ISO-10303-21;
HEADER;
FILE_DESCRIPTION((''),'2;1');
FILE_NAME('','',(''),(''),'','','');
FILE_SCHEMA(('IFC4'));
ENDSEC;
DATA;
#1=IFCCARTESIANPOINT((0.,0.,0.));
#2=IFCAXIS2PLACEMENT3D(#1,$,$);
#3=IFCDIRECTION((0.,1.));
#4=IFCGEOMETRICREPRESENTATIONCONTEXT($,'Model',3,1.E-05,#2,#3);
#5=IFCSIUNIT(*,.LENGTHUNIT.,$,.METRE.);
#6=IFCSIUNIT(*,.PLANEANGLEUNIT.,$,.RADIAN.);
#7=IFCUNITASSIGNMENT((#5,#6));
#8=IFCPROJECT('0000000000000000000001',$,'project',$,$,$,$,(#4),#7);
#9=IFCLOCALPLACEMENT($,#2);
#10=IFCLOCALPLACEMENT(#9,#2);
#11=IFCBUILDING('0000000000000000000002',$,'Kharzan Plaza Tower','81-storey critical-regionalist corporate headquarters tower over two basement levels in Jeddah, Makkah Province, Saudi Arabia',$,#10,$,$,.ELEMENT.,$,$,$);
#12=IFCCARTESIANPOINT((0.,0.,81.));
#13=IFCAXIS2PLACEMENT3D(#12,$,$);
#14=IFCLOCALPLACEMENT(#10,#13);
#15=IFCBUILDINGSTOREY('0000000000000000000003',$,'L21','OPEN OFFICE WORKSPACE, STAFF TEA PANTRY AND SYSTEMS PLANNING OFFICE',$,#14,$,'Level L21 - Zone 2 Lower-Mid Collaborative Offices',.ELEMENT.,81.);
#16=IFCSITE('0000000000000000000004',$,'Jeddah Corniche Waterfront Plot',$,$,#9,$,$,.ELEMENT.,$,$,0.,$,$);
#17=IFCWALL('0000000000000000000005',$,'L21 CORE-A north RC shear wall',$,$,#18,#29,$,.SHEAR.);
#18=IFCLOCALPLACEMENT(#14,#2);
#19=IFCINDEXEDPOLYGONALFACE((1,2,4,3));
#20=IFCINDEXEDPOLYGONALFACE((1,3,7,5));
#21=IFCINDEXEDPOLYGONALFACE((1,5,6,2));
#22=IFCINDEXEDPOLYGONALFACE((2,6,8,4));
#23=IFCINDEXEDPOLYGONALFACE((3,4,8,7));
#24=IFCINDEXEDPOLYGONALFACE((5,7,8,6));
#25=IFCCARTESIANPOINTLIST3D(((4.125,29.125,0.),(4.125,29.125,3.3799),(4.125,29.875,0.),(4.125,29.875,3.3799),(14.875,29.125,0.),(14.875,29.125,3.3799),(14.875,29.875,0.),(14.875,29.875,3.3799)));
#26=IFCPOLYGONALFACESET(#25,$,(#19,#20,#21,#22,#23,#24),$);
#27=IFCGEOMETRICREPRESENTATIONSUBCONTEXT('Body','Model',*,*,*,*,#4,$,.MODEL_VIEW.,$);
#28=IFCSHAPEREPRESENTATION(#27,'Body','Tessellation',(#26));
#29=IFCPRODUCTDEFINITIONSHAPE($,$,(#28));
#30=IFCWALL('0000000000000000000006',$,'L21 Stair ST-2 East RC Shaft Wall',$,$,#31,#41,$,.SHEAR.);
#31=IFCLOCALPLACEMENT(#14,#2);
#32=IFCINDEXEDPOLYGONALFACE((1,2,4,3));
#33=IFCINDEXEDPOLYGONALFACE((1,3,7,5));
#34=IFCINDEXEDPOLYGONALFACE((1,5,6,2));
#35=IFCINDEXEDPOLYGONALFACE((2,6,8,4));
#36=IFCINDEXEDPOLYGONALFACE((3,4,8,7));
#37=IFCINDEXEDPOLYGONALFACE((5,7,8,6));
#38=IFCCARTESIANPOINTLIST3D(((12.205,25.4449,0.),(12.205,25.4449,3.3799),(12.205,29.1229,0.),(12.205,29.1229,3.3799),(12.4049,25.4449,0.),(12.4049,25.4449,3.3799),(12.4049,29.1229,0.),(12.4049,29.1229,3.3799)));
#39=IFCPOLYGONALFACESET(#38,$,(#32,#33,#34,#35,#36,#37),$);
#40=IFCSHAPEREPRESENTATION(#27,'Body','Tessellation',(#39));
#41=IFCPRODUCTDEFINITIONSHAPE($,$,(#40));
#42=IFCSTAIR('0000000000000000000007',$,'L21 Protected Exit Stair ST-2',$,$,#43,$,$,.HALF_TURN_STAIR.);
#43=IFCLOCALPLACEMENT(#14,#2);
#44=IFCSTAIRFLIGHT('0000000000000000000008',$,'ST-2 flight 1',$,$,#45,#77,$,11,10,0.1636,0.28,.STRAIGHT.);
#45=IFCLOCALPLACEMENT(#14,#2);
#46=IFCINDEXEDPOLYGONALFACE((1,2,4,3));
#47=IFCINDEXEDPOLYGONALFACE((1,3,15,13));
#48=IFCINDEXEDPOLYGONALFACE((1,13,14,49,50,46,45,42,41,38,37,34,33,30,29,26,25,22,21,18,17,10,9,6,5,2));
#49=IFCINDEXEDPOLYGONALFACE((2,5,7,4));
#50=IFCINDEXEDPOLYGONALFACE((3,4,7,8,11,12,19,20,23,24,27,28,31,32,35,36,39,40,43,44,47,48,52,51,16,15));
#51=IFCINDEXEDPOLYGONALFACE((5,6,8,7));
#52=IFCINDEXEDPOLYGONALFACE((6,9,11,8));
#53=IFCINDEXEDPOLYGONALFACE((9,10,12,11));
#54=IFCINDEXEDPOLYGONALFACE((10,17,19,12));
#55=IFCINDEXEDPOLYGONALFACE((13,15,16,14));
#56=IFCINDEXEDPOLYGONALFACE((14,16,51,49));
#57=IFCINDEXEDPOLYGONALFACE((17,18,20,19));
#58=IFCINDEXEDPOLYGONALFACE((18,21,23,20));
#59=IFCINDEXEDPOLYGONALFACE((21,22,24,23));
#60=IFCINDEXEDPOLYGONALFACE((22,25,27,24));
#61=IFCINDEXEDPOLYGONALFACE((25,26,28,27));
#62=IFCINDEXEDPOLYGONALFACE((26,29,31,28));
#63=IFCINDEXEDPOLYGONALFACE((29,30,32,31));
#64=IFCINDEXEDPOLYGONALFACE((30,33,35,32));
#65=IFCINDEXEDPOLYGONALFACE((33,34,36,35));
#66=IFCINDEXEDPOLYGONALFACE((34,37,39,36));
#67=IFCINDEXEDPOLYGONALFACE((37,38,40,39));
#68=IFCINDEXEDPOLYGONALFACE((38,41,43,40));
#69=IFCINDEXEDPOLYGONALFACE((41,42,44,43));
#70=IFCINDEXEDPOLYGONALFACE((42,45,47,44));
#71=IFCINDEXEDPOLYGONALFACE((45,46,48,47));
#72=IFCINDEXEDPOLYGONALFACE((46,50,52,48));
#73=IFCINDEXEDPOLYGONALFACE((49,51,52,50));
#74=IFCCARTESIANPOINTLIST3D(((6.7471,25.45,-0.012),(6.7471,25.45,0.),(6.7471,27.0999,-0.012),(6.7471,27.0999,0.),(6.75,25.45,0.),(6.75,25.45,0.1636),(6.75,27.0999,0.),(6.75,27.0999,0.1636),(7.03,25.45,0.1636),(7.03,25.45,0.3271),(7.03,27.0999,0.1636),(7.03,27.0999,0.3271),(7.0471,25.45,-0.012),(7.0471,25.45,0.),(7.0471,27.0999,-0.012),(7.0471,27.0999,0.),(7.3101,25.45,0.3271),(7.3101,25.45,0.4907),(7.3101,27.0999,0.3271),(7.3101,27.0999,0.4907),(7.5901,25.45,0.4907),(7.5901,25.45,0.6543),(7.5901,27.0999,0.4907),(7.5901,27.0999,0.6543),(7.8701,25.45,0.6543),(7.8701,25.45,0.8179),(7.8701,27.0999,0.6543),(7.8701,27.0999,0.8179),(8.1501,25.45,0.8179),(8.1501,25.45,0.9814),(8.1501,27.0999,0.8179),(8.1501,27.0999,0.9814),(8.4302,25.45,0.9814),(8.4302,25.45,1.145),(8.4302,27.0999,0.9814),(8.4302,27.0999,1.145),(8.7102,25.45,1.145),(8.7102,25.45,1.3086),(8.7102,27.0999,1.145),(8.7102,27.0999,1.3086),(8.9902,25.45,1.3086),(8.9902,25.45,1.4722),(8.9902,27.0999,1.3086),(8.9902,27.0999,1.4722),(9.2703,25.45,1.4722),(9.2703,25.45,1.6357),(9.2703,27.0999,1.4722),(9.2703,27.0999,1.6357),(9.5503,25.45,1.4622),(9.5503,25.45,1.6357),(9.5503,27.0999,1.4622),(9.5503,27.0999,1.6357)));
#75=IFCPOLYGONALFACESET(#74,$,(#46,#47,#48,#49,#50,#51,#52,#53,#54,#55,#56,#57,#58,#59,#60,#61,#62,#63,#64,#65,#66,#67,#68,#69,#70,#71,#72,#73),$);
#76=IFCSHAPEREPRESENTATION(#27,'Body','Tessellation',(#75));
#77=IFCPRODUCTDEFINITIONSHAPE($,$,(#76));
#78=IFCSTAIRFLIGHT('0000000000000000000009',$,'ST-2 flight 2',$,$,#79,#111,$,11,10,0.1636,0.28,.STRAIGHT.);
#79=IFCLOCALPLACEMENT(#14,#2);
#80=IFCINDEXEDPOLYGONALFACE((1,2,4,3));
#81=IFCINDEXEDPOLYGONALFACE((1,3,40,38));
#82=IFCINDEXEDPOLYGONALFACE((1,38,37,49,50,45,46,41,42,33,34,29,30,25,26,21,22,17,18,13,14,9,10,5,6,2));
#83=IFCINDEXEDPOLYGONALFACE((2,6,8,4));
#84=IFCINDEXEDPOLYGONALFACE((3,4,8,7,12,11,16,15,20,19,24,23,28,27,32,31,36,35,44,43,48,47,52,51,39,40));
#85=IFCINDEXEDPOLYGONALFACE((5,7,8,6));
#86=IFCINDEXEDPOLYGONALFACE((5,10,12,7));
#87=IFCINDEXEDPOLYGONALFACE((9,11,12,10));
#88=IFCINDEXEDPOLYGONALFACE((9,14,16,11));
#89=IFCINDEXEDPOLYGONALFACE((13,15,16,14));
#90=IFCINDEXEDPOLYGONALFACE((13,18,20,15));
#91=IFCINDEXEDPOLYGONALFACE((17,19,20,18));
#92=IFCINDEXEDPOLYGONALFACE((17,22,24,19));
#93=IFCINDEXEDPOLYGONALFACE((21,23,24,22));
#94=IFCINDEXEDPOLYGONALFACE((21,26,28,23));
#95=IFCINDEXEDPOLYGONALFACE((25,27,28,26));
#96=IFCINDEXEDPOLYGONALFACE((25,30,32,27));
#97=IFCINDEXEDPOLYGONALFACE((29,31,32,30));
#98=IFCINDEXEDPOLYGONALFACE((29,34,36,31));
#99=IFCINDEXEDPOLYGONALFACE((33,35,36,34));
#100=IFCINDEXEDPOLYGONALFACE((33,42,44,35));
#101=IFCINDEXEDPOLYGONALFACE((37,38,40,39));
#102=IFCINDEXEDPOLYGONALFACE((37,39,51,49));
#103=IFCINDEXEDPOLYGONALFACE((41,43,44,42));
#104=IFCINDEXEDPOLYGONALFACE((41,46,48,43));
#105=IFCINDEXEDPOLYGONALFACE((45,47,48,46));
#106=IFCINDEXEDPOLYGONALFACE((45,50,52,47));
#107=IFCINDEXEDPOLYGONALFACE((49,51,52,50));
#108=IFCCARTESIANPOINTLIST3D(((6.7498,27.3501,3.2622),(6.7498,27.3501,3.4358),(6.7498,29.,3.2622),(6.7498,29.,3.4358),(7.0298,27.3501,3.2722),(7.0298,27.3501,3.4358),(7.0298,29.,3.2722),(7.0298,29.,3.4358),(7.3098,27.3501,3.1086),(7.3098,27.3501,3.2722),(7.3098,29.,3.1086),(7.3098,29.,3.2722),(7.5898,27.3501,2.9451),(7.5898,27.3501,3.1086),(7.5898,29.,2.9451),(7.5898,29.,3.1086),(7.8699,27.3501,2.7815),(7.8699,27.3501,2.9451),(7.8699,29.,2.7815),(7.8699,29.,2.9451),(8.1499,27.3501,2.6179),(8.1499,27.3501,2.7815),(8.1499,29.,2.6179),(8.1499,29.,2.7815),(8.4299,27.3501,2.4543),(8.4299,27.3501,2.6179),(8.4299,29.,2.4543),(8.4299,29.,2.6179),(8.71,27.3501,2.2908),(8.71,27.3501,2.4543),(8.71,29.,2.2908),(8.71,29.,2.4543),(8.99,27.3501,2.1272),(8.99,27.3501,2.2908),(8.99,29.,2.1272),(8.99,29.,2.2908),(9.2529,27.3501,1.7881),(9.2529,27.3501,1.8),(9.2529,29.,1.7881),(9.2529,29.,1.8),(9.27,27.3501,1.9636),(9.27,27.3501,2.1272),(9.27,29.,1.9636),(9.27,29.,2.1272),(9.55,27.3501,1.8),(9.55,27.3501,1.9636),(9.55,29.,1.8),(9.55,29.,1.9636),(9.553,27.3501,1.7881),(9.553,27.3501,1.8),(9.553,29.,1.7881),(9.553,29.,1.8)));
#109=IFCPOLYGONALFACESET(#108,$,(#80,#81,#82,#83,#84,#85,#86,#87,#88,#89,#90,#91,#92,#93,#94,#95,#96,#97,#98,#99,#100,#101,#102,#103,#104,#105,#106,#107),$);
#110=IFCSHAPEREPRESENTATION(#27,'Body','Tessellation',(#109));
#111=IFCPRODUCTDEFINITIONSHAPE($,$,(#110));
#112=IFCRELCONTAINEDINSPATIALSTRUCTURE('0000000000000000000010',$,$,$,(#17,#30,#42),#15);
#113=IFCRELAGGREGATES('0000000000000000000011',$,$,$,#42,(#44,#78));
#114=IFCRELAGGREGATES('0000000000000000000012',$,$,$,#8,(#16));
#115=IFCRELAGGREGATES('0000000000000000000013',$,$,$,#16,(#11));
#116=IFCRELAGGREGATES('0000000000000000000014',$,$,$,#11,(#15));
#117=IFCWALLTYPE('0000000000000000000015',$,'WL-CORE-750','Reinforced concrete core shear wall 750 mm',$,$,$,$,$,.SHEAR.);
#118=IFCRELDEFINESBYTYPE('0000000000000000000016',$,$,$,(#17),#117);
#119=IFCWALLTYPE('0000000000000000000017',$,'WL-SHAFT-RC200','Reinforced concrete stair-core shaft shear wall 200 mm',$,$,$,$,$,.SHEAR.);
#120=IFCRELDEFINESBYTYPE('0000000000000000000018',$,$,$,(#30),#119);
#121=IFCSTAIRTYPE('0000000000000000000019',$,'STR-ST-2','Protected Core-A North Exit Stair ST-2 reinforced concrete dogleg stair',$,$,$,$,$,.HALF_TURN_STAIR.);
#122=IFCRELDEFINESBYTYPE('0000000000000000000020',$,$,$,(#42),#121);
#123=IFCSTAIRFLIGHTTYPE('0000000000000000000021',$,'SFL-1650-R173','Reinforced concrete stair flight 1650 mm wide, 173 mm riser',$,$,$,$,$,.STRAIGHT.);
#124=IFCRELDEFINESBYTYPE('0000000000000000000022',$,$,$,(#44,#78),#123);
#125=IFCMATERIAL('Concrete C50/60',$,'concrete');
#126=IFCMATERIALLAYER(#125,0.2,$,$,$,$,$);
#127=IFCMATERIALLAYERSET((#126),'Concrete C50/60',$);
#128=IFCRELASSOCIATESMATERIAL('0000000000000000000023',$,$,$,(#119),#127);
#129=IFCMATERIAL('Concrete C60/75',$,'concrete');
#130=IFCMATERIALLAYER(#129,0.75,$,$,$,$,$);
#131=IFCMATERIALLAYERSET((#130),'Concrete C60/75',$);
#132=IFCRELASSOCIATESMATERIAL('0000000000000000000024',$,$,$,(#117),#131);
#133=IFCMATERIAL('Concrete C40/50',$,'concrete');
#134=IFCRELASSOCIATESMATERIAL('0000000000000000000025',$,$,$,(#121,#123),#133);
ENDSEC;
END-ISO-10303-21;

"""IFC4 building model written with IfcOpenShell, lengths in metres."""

from ifc_helpers import new_model, si_unit, direction, frame, frame_2d, origin, place, context, subcontext, project, spatial, polyline, rectangle, outline, extrude, source, transform, mapped, material, layer, layer_set, type_object, element, aggregate, save


model = new_model("IFC4")

# Units and contexts
model_context = context("Model", 3, precision=1e-05, world=origin(), true_north=direction((0.0, 1.0)))
body_context = subcontext(model_context, "Body", "Model", "MODEL_VIEW")
ifc_project = project(units=[si_unit("LENGTHUNIT", "METRE"), si_unit("PLANEANGLEUNIT", "RADIAN")], contexts=[model_context])

# Site, building, storey
site_placement = place(None, origin())
site = spatial("IfcSite", under=ifc_project, at=site_placement, Name="Jeddah Corniche Waterfront Plot", CompositionType="ELEMENT", RefElevation=0.0)
building_placement = place(site_placement, origin())
building = spatial("IfcBuilding", under=site, at=building_placement, Name="Kharzan Plaza Tower", Description="81-storey critical-regionalist corporate headquarters tower over two basement levels in Jeddah, Makkah Province, Saudi Arabia", CompositionType="ELEMENT")
storey_placement = place(building_placement, frame((0.0, 0.0, 81.0)))
storey = spatial("IfcBuildingStorey", under=building, at=storey_placement, Name="L21", Description="OPEN OFFICE WORKSPACE, STAFF TEA PANTRY AND SYSTEMS PLANNING OFFICE", LongName="Level L21 - Zone 2 Lower-Mid Collaborative Offices", CompositionType="ELEMENT", Elevation=81.0)

# Shared definitions
ifc_material_1 = material(Name="Concrete C40/50", Category="concrete")
ifc_material_2 = material(Name="Concrete C50/60", Category="concrete")
ifc_layer_1 = layer(ifc_material_2, 0.2)
ifc_layer_set_1 = layer_set([ifc_layer_1], Name="Concrete C50/60")
wall_type_1 = type_object("IfcWallType", Name="WL-SHAFT-RC200", Description="Reinforced concrete stair-core shaft shear wall 200 mm", PredefinedType="SHEAR", material=ifc_layer_set_1)

# Walls
ifc_material_3 = material(Name="Concrete C60/75", Category="concrete")
ifc_layer_2 = layer(ifc_material_3, 0.75)
ifc_layer_set_2 = layer_set([ifc_layer_2], Name="Concrete C60/75")
wall_type_2 = type_object("IfcWallType", Name="WL-CORE-750", Description="Reinforced concrete core shear wall 750 mm", PredefinedType="SHEAR", material=ifc_layer_set_2)
shared_shape_1 = source(origin(), body_context, "Body", "SweptSolid", [
    extrude(rectangle(XDim=10.75, YDim=0.75, at=frame_2d((5.375, 0.0))), origin(), (0.0, 0.0, 1.0), 3.3799),
])
wall_1_placement = place(storey_placement, frame((4.125, 29.5, 0.0), z_axis=(0.0, 0.0, 1.0), x_axis=(1.0, 0.0, 0.0)))
element("IfcWall", 1, at=wall_1_placement, inside=storey, type_object=wall_type_2, Name="L21 CORE-A north RC shear wall", PredefinedType="SHEAR", context=body_context, shape_type="MappedRepresentation", body=[
    mapped(shared_shape_1, transform((0.0, 0.0, 0.0), x_axis=(1.0, 0.0, 0.0), y_axis=(0.0, 1.0, 0.0), z_axis=(0.0, 0.0, 1.0))),
])
shared_shape_2 = source(origin(), body_context, "Body", "SweptSolid", [
    extrude(rectangle(XDim=3.678, YDim=0.2, at=frame_2d((1.8389, 0.0))), origin(), (0.0, 0.0, 1.0), 3.3799),
])
wall_2_placement = place(storey_placement, frame((12.3049, 25.4451, 0.0), z_axis=(0.0, 0.0, 1.0), x_axis=(0.0, 1.0, 0.0)))
element("IfcWall", 2, at=wall_2_placement, inside=storey, type_object=wall_type_1, Name="L21 Stair ST-2 East RC Shaft Wall", PredefinedType="SHEAR", context=body_context, shape_type="MappedRepresentation", body=[
    mapped(shared_shape_2, transform((0.0, 0.0, 0.0), x_axis=(1.0, 0.0, 0.0), y_axis=(0.0, 1.0, 0.0), z_axis=(0.0, 0.0, 1.0))),
])

# Stair, stair flights
stair_type = type_object("IfcStairType", Name="STR-ST-2", Description="Protected Core-A North Exit Stair ST-2 reinforced concrete dogleg stair", PredefinedType="HALF_TURN_STAIR", material=ifc_material_1)
stair_placement = place(storey_placement, origin())
stair = element("IfcStair", 3, at=stair_placement, inside=storey, type_object=stair_type, Name="L21 Protected Exit Stair ST-2", PredefinedType="HALF_TURN_STAIR")
stair_flight_type = type_object("IfcStairFlightType", Name="SFL-1650-R173", Description="Reinforced concrete stair flight 1650 mm wide, 173 mm riser", PredefinedType="STRAIGHT", material=ifc_material_1)
shared_shape_3 = source(origin(), body_context, "Body", "SweptSolid", [
    extrude(outline(polyline([(-0.0029, -0.012), (-0.0029, 0.0), (0.0, 0.0), (0.0, 0.1636), (0.28, 0.1636), (0.28, 0.3271), (0.5601, 0.3271), (0.5601, 0.4907), (0.8401, 0.4907), (0.8401, 0.6543), (1.1201, 0.6543), (1.1201, 0.8179), (1.4001, 0.8179), (1.4001, 0.9814), (1.6802, 0.9814), (1.6802, 1.145), (1.9602, 1.145), (1.9602, 1.3086), (2.2402, 1.3086), (2.2402, 1.4722), (2.5203, 1.4722), (2.5203, 1.6357), (2.8003, 1.6357), (2.8003, 1.7993), (2.8003, 1.4622), (0.2971, 0.0), (0.2971, -0.012), (-0.0029, -0.012)])), frame((0.0, 0.825, 0.0), z_axis=(0.0, -1.0, 0.0), x_axis=(1.0, 0.0, 0.0)), (0.0, 0.0, 1.0), 1.6499),
])
stair_flight_1_placement = place(storey_placement, frame((6.75, 26.2749, 0.0), z_axis=(0.0, 0.0, 1.0), x_axis=(1.0, 0.0, 0.0)))
stair_flight_1 = element("IfcStairFlight", 4, at=stair_flight_1_placement, type_object=stair_flight_type, Name="ST-2 flight 1", NumberOfRisers=11, NumberOfTreads=10, PredefinedType="STRAIGHT", RiserHeight=0.1636, TreadLength=0.28, context=body_context, shape_type="MappedRepresentation", body=[
    mapped(shared_shape_3, transform((0.0, 0.0, 0.0), x_axis=(1.0, 0.0, 0.0), y_axis=(0.0, 1.0, 0.0), z_axis=(0.0, 0.0, 1.0))),
])
stair_flight_2_placement = place(storey_placement, frame((9.55, 28.175, 1.8), z_axis=(0.0, 0.0, 1.0), x_axis=(-1.0, 0.0, 0.0)))
stair_flight_2 = element("IfcStairFlight", 5, at=stair_flight_2_placement, type_object=stair_flight_type, Name="ST-2 flight 2", NumberOfRisers=11, NumberOfTreads=10, PredefinedType="STRAIGHT", RiserHeight=0.1636, TreadLength=0.28, context=body_context, shape_type="MappedRepresentation", body=[
    mapped(shared_shape_3, transform((0.0, 0.0, 0.0), x_axis=(1.0, 0.0, 0.0), y_axis=(0.0, 1.0, 0.0), z_axis=(0.0, 0.0, 1.0))),
])
aggregate(stair, [stair_flight_1, stair_flight_2])

save(model, "model.ifc")
